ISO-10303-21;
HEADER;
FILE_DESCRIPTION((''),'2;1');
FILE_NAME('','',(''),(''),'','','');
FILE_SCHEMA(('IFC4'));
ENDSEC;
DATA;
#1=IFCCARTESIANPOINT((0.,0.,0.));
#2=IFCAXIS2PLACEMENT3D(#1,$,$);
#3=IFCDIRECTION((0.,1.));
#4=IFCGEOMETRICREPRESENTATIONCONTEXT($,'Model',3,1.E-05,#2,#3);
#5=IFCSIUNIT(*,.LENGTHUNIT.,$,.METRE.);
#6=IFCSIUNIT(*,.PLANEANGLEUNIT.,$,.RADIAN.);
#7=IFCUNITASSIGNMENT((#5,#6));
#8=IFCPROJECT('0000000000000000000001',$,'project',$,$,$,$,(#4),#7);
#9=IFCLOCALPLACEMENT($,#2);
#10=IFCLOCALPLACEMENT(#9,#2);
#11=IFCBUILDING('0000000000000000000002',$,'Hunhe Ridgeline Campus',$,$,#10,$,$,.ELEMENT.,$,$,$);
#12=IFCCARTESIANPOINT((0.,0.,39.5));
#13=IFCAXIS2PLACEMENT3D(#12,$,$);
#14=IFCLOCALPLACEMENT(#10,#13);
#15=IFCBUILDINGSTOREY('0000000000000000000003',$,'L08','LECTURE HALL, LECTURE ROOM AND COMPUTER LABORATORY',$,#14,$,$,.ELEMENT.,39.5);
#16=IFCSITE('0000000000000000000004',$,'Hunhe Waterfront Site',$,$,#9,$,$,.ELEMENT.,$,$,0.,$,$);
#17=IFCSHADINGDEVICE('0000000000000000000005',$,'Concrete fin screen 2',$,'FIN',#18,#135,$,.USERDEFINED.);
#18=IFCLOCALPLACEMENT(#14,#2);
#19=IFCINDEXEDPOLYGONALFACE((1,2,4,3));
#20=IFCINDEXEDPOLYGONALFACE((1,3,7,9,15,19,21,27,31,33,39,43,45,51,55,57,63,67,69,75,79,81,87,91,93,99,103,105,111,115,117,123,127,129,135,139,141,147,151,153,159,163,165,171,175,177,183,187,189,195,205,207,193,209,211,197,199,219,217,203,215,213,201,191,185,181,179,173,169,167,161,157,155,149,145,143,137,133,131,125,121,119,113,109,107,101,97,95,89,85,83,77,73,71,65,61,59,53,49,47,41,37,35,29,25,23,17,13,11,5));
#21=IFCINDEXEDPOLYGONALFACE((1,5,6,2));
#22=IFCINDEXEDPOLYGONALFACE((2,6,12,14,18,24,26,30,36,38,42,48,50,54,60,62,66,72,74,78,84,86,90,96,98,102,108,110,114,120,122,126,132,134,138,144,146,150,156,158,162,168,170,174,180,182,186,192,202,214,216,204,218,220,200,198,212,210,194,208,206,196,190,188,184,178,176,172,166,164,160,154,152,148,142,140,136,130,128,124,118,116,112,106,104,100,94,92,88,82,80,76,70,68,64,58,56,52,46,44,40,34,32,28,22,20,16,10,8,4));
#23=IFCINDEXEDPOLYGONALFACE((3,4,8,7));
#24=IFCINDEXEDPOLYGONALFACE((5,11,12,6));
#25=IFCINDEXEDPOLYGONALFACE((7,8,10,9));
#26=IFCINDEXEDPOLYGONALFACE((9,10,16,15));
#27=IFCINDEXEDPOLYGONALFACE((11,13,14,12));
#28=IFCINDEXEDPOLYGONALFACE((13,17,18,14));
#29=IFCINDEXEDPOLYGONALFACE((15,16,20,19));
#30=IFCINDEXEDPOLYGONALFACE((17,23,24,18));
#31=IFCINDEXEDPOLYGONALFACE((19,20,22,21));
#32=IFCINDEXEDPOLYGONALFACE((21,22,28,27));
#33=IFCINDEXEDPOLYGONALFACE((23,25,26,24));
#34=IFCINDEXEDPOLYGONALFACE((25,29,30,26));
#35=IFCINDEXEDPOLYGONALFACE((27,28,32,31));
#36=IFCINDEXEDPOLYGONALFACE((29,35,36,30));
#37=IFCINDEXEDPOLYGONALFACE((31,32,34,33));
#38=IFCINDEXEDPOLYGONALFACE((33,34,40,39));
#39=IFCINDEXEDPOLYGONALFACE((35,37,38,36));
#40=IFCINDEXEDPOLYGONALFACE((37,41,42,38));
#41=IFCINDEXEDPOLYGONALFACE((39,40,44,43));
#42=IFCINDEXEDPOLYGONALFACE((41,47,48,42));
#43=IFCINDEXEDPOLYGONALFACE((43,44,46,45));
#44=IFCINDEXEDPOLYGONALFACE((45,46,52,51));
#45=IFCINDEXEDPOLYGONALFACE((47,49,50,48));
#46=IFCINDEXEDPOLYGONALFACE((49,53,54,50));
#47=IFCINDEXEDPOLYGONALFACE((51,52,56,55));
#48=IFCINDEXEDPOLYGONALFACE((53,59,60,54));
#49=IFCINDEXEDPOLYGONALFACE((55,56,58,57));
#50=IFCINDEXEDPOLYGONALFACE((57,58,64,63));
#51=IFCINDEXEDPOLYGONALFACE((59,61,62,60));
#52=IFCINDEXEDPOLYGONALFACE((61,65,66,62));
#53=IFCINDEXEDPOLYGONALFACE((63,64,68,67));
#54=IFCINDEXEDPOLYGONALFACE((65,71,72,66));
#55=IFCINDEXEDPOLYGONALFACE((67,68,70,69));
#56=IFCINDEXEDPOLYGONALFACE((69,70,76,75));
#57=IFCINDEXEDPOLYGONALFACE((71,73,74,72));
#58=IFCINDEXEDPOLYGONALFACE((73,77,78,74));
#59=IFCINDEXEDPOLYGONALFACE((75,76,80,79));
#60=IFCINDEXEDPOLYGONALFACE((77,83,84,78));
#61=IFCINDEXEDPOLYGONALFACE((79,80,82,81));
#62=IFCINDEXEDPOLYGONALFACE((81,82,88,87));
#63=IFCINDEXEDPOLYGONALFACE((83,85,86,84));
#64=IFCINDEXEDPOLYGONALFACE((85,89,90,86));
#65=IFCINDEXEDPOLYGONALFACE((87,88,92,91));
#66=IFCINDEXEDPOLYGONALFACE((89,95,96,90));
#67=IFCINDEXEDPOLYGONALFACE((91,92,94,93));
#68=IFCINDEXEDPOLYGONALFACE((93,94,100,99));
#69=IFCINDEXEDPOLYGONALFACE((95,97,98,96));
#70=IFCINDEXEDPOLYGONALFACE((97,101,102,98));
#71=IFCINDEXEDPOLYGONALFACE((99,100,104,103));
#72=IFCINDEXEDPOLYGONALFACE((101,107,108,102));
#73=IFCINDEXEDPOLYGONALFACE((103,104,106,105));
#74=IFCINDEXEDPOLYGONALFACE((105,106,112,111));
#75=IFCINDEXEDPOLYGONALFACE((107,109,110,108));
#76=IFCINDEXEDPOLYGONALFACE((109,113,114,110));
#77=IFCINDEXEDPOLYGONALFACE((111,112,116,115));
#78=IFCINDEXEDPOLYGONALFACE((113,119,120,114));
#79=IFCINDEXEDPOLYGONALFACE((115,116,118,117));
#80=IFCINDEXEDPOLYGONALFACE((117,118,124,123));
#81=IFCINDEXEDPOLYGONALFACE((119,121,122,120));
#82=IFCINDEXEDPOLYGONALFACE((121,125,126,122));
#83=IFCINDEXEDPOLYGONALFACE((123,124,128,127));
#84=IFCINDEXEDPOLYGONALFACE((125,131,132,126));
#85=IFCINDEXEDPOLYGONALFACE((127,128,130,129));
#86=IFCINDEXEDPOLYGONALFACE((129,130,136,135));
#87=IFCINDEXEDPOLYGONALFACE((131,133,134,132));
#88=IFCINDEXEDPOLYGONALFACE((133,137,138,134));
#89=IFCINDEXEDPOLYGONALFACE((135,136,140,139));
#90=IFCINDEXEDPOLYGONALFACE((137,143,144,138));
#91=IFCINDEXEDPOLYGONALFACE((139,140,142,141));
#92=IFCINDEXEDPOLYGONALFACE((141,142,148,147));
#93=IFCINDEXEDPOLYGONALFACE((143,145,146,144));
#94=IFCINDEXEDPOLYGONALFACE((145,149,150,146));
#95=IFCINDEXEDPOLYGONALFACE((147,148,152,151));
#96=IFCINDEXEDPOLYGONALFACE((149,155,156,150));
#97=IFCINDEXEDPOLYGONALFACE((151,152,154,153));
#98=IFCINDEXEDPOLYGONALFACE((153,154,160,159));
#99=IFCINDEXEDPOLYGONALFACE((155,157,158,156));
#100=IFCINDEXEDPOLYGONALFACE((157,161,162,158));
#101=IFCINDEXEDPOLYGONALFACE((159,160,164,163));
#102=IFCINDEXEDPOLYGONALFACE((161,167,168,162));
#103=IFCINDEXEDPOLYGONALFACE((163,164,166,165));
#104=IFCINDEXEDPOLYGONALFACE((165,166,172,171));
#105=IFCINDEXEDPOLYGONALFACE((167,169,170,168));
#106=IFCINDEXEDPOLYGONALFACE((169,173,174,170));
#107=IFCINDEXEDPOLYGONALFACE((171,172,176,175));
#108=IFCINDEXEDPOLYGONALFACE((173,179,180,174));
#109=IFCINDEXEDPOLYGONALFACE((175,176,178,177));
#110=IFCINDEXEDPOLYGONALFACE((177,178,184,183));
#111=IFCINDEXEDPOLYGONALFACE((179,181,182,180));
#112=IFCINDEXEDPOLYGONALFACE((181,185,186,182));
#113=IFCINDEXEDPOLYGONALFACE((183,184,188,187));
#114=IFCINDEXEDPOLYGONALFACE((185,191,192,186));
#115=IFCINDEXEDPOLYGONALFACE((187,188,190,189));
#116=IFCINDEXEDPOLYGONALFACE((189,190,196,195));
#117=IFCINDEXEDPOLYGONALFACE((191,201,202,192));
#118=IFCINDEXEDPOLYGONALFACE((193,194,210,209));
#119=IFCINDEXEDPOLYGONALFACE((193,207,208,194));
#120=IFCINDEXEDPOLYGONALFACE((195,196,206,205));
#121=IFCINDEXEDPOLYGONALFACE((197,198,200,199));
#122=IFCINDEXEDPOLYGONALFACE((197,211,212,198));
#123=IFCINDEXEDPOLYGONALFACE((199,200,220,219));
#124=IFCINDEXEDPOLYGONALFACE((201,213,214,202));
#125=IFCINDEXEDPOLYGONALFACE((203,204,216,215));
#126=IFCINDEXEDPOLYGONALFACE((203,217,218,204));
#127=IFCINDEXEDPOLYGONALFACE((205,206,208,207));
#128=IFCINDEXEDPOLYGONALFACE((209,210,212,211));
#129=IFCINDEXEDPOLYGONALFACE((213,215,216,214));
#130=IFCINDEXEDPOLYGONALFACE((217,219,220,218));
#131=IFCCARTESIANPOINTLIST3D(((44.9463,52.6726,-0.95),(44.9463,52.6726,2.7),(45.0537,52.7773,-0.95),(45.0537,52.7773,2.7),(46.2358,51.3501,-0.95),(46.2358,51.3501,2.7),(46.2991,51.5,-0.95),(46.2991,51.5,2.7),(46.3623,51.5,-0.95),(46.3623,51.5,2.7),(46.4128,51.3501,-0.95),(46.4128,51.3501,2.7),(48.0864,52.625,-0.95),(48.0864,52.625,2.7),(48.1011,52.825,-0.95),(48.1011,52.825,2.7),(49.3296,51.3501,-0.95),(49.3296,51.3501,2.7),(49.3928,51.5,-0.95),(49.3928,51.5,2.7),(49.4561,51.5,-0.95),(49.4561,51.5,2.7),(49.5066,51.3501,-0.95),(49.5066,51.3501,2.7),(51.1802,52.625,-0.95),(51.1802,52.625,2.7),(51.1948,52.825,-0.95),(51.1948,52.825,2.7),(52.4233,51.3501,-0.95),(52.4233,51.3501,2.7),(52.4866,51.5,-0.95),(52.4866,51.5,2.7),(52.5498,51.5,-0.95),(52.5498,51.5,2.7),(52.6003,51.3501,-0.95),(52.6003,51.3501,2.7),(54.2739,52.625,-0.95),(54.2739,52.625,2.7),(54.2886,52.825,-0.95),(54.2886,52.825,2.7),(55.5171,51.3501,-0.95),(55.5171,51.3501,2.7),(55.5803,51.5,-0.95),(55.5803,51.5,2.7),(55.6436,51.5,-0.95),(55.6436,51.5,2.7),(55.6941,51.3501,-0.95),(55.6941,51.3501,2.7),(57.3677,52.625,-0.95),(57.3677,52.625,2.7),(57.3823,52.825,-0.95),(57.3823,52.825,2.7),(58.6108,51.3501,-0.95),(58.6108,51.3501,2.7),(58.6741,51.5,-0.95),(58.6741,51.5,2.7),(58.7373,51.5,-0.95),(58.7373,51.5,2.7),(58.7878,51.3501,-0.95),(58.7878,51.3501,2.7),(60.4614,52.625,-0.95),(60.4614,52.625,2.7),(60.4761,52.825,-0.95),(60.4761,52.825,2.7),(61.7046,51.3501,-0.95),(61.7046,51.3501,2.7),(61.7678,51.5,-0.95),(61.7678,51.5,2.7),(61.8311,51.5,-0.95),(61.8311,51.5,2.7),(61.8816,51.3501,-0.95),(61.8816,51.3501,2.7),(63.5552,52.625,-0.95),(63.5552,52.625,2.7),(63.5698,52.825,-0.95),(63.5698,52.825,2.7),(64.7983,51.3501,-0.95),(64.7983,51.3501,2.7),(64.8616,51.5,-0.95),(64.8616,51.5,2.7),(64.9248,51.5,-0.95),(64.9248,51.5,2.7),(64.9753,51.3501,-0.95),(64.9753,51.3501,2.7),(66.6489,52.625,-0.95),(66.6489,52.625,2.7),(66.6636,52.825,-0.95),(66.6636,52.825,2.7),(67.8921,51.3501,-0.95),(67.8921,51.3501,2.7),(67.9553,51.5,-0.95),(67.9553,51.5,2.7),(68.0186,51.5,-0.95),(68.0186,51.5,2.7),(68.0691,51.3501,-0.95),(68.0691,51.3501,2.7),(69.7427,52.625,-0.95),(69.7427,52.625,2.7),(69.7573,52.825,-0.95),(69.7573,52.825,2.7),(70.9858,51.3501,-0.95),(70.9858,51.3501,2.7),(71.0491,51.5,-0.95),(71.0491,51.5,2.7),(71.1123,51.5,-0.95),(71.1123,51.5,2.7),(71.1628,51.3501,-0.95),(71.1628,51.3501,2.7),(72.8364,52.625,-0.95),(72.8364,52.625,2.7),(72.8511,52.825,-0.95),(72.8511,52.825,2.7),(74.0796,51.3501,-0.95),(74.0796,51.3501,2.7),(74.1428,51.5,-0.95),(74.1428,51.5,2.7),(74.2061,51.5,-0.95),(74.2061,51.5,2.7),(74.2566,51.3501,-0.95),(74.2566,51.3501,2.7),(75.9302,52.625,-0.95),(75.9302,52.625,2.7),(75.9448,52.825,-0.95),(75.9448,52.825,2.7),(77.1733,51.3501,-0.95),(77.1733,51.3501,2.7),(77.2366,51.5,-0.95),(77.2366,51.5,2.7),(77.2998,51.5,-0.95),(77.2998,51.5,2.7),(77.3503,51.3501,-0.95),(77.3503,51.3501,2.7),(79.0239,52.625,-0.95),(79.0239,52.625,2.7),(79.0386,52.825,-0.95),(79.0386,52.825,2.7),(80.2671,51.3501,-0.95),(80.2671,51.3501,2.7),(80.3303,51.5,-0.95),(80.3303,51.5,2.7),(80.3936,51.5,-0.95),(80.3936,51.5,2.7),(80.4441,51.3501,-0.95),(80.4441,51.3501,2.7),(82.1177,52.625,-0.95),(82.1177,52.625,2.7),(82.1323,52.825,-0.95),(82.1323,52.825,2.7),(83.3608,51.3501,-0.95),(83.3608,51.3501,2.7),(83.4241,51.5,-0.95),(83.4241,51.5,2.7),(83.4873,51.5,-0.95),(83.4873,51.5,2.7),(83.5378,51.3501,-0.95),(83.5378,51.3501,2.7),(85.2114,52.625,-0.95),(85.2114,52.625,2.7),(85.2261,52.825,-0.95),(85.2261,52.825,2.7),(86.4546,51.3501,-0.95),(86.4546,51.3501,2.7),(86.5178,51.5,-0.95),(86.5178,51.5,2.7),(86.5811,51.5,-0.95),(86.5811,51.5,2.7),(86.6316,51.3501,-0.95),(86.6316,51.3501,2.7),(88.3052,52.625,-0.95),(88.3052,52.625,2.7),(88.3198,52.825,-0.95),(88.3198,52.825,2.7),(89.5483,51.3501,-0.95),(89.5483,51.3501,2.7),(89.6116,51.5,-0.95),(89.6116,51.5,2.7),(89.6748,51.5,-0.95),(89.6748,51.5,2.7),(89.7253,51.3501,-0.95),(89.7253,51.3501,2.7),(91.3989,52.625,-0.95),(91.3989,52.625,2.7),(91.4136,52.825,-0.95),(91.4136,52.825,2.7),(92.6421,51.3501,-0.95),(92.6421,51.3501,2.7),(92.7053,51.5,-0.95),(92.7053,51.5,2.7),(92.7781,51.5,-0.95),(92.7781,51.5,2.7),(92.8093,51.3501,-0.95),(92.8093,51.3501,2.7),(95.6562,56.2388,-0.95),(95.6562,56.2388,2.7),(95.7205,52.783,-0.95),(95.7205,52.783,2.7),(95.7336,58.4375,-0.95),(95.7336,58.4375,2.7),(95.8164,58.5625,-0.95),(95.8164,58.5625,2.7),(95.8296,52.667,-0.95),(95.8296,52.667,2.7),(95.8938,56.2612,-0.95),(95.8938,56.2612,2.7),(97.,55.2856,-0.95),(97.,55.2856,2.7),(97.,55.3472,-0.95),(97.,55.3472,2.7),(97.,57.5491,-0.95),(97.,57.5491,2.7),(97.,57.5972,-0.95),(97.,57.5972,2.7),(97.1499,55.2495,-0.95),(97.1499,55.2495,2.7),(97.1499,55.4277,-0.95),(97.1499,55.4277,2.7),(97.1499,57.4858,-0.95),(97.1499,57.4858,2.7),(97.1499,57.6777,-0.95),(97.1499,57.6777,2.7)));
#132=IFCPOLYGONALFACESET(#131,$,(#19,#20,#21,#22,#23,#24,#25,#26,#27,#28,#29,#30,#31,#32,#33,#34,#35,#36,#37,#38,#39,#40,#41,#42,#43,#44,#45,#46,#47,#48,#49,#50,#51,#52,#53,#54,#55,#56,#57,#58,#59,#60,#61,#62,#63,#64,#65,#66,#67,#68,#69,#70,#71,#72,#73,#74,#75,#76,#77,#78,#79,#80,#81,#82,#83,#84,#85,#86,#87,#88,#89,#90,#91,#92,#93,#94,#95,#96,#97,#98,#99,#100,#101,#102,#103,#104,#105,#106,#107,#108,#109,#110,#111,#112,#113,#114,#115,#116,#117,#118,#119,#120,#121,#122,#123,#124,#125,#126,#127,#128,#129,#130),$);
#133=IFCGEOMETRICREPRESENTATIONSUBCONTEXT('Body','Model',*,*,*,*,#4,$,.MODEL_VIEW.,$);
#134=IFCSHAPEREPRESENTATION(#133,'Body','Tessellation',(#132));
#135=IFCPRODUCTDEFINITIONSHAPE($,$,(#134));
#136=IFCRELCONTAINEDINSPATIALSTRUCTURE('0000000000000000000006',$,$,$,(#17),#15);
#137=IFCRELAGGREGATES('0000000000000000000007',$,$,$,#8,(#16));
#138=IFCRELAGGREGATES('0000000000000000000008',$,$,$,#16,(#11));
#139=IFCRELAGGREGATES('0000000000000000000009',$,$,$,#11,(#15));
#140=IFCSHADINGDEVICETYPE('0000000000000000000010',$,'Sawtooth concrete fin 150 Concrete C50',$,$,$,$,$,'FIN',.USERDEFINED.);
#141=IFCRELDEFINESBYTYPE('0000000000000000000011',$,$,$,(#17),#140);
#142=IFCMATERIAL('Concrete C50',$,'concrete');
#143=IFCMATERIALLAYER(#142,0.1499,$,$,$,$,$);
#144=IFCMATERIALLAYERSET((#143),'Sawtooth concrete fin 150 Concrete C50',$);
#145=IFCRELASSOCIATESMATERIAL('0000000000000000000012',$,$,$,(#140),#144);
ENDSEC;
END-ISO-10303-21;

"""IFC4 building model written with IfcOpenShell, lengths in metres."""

from ifc_helpers import new_model, si_unit, direction, frame, origin, place, context, subcontext, project, spatial, polyline, outline, extrude, material, layer, layer_set, type_object, element, save


model = new_model("IFC4")

# Units and contexts
model_context = context("Model", 3, precision=1e-05, world=origin(), true_north=direction((0.0, 1.0)))
body_context = subcontext(model_context, "Body", "Model", "MODEL_VIEW")
ifc_project = project(units=[si_unit("LENGTHUNIT", "METRE"), si_unit("PLANEANGLEUNIT", "RADIAN")], contexts=[model_context])

# Site, building, storey
site_placement = place(None, origin())
site = spatial("IfcSite", under=ifc_project, at=site_placement, Name="Hunhe Waterfront Site", CompositionType="ELEMENT", RefElevation=0.0)
building_placement = place(site_placement, origin())
building = spatial("IfcBuilding", under=site, at=building_placement, Name="Hunhe Ridgeline Campus", CompositionType="ELEMENT")
storey_placement = place(building_placement, frame((0.0, 0.0, 39.5)))
storey = spatial("IfcBuildingStorey", under=building, at=storey_placement, Name="L08", Description="LECTURE HALL, LECTURE ROOM AND COMPUTER LABORATORY", CompositionType="ELEMENT", Elevation=39.5)

# Shading device
ifc_material_1 = material(Name="Concrete C50", Category="concrete")
ifc_layer_1 = layer(ifc_material_1, 0.1499)
ifc_layer_set_1 = layer_set([ifc_layer_1], Name="Sawtooth concrete fin 150 Concrete C50")
shading_device_type = type_object("IfcShadingDeviceType", Name="Sawtooth concrete fin 150 Concrete C50", ElementType="FIN", PredefinedType="USERDEFINED", material=ifc_layer_set_1)
shading_device_1_placement = place(storey_placement, frame((0.0, 0.0, -0.95)))
element("IfcShadingDevice", 1, at=shading_device_1_placement, inside=storey, type_object=shading_device_type, Name="Concrete fin screen 2", ObjectType="FIN", PredefinedType="USERDEFINED", context=body_context, shape_type="SweptSolid", body=[
    extrude(outline(polyline([(45.0537, 52.7773), (44.9463, 52.6726), (46.2358, 51.3501), (46.4128, 51.3501), (48.0864, 52.625), (49.3296, 51.3501), (49.5066, 51.3501), (51.1802, 52.625), (52.4233, 51.3501), (52.6003, 51.3501), (54.2739, 52.625), (55.5171, 51.3501), (55.6941, 51.3501), (57.3677, 52.625), (58.6108, 51.3501), (58.7878, 51.3501), (60.4614, 52.625), (61.7046, 51.3501), (61.8816, 51.3501), (63.5552, 52.625), (64.7983, 51.3501), (64.9753, 51.3501), (66.6489, 52.625), (67.8921, 51.3501), (68.0691, 51.3501), (69.7427, 52.625), (70.9858, 51.3501), (71.1628, 51.3501), (72.8364, 52.625), (74.0796, 51.3501), (74.2566, 51.3501), (75.9302, 52.625), (77.1733, 51.3501), (77.3503, 51.3501), (79.0239, 52.625), (80.2671, 51.3501), (80.4441, 51.3501), (82.1177, 52.625), (83.3608, 51.3501), (83.5378, 51.3501), (85.2114, 52.625), (86.4546, 51.3501), (86.6316, 51.3501), (88.3052, 52.625), (89.5483, 51.3501), (89.7253, 51.3501), (91.3989, 52.625), (92.6421, 51.3501), (92.8093, 51.3501), (95.8296, 52.667), (97.1499, 55.2495), (97.1499, 55.4277), (95.8938, 56.2612), (97.1499, 57.4858), (97.1499, 57.6777), (95.8164, 58.5625), (95.7336, 58.4375), (97.0, 57.5972), (97.0, 57.5491), (95.6562, 56.2388), (97.0, 55.3472), (97.0, 55.2856), (95.7205, 52.783), (92.7781, 51.5), (92.7053, 51.5), (91.4136, 52.825), (89.6748, 51.5), (89.6116, 51.5), (88.3198, 52.825), (86.5811, 51.5), (86.5178, 51.5), (85.2261, 52.825), (83.4873, 51.5), (83.4241, 51.5), (82.1323, 52.825), (80.3936, 51.5), (80.3303, 51.5), (79.0386, 52.825), (77.2998, 51.5), (77.2366, 51.5), (75.9448, 52.825), (74.2061, 51.5), (74.1428, 51.5), (72.8511, 52.825), (71.1123, 51.5), (71.0491, 51.5), (69.7573, 52.825), (68.0186, 51.5), (67.9553, 51.5), (66.6636, 52.825), (64.9248, 51.5), (64.8616, 51.5), (63.5698, 52.825), (61.8311, 51.5), (61.7678, 51.5), (60.4761, 52.825), (58.7373, 51.5), (58.6741, 51.5), (57.3823, 52.825), (55.6436, 51.5), (55.5803, 51.5), (54.2886, 52.825), (52.5498, 51.5), (52.4866, 51.5), (51.1948, 52.825), (49.4561, 51.5), (49.3928, 51.5), (48.1011, 52.825), (46.3623, 51.5), (46.2991, 51.5), (45.0537, 52.7773)])), origin(), (0.0, 0.0, 1.0), 3.6499),
])

save(model, "model.ifc")
